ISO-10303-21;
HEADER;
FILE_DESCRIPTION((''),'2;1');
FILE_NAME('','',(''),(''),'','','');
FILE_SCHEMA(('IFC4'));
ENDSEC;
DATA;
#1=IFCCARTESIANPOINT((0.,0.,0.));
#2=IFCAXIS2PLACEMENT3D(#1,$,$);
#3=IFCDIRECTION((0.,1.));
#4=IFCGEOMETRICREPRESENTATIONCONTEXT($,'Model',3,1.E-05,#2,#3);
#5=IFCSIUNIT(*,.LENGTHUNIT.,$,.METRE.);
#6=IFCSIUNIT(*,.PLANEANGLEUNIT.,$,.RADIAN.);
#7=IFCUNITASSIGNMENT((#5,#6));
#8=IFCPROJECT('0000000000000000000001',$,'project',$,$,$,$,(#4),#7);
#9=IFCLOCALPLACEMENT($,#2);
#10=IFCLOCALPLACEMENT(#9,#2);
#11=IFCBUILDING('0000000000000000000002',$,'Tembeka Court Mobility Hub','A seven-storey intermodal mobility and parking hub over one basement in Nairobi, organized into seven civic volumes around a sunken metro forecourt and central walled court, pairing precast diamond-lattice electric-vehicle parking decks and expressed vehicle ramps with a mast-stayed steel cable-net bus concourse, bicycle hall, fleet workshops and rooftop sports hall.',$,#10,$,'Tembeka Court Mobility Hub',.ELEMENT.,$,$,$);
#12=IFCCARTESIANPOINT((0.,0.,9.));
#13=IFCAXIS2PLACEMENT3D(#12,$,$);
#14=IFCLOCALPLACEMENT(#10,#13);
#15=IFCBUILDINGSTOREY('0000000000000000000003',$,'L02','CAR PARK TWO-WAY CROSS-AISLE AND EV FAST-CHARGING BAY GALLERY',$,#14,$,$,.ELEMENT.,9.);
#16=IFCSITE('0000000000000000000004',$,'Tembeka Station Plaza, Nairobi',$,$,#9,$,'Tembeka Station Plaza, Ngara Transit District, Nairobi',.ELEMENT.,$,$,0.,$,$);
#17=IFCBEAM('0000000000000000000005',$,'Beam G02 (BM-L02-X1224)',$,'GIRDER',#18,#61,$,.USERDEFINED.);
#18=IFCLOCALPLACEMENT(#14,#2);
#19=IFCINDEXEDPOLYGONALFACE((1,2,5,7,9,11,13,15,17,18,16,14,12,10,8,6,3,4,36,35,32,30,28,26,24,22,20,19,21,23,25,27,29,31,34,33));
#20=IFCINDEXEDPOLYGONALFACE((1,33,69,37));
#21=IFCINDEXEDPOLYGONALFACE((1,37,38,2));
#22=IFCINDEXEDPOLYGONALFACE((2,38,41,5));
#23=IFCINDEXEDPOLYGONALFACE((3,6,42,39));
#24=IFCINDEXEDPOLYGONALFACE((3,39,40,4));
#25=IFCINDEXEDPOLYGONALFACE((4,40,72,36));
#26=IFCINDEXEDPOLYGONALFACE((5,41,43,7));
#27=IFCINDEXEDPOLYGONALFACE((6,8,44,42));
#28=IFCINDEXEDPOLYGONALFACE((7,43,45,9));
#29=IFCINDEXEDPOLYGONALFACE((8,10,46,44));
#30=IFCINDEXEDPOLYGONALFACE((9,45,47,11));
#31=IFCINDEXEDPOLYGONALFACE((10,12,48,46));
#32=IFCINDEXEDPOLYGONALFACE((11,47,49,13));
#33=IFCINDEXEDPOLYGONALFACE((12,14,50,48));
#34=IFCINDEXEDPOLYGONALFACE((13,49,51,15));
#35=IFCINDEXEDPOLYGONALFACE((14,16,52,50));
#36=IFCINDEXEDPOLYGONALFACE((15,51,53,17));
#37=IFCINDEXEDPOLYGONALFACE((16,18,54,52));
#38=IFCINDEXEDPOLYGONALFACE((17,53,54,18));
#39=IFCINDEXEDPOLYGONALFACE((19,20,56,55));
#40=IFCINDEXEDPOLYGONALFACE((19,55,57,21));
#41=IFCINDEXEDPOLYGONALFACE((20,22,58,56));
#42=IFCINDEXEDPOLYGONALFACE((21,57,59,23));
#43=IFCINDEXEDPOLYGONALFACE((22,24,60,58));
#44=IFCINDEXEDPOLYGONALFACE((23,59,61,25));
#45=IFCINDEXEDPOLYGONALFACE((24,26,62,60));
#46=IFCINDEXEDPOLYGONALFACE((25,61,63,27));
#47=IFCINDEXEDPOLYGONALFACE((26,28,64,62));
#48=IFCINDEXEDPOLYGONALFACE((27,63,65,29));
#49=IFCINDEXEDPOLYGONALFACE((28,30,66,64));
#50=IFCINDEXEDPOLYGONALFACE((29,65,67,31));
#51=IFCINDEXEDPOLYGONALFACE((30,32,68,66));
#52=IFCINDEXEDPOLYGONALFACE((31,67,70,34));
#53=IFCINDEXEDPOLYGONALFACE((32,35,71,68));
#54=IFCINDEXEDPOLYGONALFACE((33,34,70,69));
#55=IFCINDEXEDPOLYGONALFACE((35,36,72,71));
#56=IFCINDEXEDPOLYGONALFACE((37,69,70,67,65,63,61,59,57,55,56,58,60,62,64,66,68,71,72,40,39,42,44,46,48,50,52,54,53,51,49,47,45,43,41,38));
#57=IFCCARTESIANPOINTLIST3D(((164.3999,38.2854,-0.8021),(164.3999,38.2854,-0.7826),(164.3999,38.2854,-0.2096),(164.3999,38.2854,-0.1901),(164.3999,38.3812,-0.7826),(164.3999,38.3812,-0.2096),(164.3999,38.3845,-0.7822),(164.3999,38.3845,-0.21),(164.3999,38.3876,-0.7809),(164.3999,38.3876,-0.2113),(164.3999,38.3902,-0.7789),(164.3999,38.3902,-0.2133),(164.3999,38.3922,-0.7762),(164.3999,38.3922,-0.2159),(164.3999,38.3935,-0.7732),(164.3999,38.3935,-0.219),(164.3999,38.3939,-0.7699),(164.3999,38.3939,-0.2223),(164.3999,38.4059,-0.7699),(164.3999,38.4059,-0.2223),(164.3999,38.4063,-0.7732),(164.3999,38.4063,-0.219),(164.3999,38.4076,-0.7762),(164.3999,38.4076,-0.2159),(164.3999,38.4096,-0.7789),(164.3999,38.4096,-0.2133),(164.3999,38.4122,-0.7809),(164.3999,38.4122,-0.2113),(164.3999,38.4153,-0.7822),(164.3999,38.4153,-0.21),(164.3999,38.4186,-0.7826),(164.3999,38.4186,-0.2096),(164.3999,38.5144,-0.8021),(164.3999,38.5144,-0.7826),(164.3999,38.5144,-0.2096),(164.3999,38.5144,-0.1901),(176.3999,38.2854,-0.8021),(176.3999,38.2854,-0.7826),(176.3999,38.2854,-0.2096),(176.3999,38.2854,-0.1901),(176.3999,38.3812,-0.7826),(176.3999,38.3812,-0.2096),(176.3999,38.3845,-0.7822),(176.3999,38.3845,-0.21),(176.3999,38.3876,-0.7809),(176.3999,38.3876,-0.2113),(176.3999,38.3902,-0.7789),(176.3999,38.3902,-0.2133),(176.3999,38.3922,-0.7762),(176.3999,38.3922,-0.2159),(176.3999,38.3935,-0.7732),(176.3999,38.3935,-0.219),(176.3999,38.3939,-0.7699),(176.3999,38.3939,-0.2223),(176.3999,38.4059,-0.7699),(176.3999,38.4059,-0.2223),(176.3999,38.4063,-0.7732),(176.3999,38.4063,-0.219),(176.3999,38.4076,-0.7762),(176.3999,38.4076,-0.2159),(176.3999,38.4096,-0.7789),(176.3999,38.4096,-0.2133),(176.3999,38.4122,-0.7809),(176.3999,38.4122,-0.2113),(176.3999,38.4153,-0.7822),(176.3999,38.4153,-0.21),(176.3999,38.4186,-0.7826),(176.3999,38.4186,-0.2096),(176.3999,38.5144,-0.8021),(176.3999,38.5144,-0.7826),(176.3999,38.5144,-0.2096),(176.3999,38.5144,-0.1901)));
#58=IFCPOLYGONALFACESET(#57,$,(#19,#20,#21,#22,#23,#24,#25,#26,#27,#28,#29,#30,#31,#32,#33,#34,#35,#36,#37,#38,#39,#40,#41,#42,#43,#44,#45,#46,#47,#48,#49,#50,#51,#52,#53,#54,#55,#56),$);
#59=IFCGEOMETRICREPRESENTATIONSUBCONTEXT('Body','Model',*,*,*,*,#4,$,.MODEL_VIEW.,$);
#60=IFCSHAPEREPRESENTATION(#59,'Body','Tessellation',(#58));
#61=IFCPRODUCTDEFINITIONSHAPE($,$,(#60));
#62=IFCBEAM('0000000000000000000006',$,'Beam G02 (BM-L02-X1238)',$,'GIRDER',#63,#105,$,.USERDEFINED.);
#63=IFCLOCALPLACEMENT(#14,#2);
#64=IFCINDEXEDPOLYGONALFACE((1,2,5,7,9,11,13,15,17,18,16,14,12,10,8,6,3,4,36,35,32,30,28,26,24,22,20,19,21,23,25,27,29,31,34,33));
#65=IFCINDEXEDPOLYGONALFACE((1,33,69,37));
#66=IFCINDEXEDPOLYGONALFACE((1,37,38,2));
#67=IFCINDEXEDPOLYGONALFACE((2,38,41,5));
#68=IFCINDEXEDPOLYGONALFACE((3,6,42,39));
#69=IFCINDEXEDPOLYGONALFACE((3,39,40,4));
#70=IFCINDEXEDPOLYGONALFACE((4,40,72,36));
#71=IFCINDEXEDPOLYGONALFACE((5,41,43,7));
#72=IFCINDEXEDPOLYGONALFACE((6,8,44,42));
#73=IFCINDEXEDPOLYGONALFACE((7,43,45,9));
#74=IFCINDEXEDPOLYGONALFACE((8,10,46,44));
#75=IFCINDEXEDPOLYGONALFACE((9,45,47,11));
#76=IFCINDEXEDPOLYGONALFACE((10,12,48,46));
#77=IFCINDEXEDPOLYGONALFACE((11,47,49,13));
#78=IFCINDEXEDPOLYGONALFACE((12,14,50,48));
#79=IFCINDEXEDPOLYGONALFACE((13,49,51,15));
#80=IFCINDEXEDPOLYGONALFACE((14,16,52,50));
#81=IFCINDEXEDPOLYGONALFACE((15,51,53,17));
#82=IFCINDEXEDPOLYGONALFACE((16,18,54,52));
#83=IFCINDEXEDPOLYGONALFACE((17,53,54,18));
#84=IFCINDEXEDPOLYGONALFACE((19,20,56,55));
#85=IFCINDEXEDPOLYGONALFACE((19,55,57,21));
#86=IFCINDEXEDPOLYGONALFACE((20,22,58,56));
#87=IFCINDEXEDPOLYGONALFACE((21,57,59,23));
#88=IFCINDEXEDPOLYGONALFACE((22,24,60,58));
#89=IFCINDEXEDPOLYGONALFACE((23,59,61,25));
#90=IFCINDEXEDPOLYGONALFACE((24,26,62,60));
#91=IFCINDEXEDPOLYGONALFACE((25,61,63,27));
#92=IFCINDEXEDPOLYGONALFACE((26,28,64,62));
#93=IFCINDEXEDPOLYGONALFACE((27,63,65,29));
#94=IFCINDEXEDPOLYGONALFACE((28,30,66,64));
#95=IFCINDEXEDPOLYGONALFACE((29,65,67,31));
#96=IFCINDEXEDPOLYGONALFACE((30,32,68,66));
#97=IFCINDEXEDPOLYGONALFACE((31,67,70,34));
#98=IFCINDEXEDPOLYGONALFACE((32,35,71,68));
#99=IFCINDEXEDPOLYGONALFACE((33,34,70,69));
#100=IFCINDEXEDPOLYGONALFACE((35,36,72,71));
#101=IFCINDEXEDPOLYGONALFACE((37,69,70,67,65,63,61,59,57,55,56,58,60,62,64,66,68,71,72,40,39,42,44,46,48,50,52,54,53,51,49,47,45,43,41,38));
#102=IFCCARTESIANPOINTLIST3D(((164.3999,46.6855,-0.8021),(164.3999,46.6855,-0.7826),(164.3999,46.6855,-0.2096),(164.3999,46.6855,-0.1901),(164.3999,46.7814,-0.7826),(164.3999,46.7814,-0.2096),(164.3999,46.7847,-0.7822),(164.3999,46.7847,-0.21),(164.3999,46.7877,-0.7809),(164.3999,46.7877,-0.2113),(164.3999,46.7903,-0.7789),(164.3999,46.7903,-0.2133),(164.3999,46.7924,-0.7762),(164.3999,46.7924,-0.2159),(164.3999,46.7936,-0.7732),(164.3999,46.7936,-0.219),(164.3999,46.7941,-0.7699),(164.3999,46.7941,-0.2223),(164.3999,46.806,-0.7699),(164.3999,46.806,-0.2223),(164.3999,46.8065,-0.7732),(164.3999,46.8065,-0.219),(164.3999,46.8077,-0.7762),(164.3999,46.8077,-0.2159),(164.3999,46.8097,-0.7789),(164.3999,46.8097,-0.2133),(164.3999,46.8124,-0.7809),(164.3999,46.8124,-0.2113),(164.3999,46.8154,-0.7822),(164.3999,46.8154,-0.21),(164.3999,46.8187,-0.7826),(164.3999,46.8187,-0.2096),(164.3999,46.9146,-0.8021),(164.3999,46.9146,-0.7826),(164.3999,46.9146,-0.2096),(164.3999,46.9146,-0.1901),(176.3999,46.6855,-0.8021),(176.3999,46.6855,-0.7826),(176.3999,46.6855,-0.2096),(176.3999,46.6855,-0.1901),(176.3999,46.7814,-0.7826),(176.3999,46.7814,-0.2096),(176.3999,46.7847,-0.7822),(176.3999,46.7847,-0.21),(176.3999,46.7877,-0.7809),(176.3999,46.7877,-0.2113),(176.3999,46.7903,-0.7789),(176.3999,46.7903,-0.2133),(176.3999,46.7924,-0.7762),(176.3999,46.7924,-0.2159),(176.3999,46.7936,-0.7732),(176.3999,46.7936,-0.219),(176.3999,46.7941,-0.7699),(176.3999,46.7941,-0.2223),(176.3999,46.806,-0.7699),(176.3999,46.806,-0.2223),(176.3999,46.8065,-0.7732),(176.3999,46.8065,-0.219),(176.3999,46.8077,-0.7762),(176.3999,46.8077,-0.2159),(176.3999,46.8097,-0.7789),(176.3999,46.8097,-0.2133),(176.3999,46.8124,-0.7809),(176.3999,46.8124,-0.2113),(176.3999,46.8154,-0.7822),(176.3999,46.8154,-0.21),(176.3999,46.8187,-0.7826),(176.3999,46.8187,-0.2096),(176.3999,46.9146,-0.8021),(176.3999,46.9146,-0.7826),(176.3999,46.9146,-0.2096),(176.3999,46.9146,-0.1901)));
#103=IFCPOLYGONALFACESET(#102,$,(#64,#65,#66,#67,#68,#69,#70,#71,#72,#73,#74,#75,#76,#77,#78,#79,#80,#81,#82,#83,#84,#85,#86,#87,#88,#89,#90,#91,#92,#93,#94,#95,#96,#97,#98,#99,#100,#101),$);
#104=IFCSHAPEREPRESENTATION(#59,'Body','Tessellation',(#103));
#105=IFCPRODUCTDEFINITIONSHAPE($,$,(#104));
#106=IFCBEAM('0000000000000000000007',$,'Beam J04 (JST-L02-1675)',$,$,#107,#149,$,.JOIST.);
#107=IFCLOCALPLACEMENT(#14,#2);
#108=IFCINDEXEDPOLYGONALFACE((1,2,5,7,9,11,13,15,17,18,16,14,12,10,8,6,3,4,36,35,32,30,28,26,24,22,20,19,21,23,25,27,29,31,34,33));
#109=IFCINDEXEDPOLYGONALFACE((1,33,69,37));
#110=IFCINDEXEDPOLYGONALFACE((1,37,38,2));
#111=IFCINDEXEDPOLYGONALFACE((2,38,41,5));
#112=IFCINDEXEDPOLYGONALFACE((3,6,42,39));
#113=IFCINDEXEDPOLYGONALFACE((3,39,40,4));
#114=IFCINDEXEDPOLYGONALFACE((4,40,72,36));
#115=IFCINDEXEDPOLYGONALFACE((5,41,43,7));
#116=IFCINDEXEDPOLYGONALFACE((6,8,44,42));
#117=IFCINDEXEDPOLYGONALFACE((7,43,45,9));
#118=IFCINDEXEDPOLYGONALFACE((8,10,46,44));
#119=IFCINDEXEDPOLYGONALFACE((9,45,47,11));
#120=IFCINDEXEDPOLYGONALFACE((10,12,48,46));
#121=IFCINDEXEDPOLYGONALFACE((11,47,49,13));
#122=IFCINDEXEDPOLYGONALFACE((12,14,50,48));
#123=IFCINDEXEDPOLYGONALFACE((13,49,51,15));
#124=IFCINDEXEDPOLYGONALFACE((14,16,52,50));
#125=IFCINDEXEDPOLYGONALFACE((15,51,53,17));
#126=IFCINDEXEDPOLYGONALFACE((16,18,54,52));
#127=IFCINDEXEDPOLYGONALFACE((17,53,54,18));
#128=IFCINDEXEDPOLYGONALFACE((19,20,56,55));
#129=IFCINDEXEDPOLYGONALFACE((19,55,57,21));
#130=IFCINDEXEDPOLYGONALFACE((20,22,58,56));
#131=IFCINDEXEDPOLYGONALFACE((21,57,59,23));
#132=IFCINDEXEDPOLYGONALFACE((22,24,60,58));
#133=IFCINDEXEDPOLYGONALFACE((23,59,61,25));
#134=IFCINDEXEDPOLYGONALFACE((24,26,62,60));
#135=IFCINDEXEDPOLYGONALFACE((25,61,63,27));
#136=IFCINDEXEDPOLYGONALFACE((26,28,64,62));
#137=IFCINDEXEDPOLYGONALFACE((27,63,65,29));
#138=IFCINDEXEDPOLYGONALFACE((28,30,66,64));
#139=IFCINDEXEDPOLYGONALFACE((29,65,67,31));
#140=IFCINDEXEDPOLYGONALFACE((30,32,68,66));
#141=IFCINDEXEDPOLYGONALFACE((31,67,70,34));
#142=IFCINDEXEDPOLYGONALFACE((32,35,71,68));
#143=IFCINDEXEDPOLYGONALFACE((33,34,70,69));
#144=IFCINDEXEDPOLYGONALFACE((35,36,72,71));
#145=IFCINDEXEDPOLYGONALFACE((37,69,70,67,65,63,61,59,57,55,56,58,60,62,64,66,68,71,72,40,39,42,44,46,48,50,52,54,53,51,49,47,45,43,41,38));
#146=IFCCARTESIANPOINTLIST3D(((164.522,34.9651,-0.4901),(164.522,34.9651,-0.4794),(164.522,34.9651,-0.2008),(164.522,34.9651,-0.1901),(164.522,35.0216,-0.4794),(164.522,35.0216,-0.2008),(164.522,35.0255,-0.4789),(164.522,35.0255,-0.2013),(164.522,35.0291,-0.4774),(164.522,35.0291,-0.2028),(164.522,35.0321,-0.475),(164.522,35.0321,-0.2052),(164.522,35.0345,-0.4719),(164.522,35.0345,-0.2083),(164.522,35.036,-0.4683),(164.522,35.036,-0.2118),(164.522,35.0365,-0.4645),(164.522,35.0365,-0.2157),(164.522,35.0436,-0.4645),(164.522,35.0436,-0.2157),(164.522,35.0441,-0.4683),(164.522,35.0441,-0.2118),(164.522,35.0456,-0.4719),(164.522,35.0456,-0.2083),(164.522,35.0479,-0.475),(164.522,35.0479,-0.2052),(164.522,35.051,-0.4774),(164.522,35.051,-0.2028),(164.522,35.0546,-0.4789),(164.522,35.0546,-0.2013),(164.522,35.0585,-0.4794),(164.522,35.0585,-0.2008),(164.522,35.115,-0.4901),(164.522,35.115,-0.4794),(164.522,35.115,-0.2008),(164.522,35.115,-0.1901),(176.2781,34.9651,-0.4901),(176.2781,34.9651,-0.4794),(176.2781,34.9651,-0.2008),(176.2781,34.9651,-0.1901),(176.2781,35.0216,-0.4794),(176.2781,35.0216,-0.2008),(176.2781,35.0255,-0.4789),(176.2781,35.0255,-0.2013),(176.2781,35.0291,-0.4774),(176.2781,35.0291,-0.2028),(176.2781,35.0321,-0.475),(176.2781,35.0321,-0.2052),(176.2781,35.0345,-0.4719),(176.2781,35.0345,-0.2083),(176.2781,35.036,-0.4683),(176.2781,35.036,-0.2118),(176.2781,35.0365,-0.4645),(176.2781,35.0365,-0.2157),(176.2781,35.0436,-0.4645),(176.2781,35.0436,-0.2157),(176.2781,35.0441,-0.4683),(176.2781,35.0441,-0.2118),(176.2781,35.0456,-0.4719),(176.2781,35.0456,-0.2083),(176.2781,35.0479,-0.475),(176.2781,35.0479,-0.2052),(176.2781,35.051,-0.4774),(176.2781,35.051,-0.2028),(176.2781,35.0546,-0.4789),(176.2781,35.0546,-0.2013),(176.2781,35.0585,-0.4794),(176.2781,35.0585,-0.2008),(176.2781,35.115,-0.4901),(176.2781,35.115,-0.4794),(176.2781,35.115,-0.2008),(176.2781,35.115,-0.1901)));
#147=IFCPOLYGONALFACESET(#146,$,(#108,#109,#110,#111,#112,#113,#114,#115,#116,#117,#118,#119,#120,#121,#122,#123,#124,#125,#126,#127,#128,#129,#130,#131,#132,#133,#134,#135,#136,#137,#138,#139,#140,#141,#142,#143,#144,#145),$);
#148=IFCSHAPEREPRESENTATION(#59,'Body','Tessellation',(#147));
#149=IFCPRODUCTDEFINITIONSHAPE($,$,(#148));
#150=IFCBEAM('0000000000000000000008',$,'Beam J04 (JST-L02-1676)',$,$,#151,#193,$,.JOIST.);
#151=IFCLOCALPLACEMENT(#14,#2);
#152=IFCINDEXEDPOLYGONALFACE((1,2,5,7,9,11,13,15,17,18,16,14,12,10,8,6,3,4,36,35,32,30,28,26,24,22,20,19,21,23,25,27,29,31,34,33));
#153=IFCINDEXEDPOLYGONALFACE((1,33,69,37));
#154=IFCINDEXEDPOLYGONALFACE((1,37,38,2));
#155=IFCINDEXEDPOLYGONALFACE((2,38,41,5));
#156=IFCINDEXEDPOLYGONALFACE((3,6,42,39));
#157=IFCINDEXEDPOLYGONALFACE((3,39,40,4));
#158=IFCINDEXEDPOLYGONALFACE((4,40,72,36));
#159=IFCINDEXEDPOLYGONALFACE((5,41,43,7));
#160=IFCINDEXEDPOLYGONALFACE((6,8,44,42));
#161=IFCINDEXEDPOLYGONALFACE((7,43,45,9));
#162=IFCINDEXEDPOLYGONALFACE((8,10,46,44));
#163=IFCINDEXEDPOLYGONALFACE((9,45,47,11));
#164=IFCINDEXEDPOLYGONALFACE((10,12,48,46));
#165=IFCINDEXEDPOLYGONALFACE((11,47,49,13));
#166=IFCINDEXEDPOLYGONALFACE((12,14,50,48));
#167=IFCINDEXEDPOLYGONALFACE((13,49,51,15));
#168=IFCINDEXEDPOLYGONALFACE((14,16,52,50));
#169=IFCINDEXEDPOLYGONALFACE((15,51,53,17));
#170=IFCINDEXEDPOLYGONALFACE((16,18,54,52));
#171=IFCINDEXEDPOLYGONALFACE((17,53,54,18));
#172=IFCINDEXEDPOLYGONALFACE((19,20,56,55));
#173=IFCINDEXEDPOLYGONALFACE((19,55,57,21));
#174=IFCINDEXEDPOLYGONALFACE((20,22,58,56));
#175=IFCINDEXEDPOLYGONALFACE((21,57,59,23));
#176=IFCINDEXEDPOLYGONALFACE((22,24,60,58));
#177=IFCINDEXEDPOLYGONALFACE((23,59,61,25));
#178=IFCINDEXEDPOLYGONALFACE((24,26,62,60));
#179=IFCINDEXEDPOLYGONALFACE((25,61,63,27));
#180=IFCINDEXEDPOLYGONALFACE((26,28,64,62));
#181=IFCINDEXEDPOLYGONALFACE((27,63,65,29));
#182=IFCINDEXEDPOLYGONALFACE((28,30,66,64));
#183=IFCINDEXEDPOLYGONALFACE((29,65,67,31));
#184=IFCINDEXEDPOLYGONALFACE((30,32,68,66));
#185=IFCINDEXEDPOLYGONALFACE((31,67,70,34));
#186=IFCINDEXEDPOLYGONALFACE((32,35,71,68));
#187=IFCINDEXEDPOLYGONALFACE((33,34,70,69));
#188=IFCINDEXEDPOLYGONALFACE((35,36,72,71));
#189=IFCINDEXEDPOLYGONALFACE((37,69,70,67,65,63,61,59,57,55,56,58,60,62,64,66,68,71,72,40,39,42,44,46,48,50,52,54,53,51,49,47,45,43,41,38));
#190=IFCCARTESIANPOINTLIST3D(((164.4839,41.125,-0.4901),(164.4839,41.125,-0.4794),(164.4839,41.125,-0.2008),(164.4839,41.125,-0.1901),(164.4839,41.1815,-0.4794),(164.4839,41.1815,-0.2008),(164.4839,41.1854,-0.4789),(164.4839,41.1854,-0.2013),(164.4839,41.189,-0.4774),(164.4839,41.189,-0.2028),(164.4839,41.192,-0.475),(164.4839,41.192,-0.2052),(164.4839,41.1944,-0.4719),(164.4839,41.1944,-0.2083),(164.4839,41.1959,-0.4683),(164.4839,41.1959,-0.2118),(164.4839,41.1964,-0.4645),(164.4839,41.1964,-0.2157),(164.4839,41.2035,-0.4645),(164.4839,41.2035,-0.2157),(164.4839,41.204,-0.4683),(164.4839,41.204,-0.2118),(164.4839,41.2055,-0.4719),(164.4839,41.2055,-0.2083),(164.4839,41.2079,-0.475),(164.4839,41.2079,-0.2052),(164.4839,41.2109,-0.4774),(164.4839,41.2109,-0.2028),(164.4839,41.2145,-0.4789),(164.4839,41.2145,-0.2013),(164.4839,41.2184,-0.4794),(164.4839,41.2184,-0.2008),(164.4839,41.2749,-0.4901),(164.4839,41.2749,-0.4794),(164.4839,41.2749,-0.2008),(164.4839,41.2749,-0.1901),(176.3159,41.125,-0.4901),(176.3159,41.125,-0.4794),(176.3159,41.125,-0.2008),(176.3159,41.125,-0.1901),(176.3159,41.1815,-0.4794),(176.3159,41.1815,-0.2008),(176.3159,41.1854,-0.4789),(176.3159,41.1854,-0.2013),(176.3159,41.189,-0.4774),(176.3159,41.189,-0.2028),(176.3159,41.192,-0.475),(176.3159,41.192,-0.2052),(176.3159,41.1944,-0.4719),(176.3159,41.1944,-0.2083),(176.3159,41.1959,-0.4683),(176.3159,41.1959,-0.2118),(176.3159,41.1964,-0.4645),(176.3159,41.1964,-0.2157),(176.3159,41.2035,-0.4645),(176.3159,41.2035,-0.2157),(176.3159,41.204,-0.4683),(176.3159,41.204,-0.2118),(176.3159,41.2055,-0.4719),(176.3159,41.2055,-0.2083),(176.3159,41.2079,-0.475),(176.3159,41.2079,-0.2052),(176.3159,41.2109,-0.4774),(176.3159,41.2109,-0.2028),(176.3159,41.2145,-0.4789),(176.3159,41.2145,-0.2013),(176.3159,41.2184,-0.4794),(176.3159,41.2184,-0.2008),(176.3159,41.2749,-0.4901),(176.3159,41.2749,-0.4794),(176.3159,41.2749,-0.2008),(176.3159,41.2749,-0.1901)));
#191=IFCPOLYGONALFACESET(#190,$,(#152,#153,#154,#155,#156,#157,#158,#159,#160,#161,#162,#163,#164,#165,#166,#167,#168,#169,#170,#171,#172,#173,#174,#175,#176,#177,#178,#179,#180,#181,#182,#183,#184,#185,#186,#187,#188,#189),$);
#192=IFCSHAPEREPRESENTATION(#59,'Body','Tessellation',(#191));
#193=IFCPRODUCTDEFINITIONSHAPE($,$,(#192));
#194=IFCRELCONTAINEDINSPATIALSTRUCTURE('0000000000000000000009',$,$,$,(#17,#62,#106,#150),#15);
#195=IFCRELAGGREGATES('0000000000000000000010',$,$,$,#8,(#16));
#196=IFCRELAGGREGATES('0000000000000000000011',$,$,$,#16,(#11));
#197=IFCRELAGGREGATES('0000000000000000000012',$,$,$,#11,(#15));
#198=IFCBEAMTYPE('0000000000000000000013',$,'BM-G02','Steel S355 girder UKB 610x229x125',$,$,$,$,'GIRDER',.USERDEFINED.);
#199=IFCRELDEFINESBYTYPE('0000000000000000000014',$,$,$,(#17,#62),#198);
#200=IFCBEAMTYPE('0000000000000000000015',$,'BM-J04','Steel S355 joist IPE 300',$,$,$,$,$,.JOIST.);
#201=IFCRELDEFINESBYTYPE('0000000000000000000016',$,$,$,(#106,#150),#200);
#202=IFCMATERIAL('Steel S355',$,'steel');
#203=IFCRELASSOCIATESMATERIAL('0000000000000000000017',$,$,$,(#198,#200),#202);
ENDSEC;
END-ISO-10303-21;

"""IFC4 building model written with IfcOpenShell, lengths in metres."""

from ifc_helpers import new_model, si_unit, direction, frame, origin, origin_2d, place, context, subcontext, project, spatial, i_section, extrude, material, material_profile, profile_set, type_object, element, save


model = new_model("IFC4")

# Units and contexts
model_context = context("Model", 3, precision=1e-05, world=origin(), true_north=direction((0.0, 1.0)))
body_context = subcontext(model_context, "Body", "Model", "MODEL_VIEW")
ifc_project = project(units=[si_unit("LENGTHUNIT", "METRE"), si_unit("PLANEANGLEUNIT", "RADIAN")], contexts=[model_context])

# Site, building, storey
site_placement = place(None, origin())
site = spatial("IfcSite", under=ifc_project, at=site_placement, Name="Tembeka Station Plaza, Nairobi", LongName="Tembeka Station Plaza, Ngara Transit District, Nairobi", CompositionType="ELEMENT", RefElevation=0.0)
building_placement = place(site_placement, origin())
building = spatial("IfcBuilding", under=site, at=building_placement, Name="Tembeka Court Mobility Hub", Description="A seven-storey intermodal mobility and parking hub over one basement in Nairobi, organized into seven civic volumes around a sunken metro forecourt and central walled court, pairing precast diamond-lattice electric-vehicle parking decks and expressed vehicle ramps with a mast-stayed steel cable-net bus concourse, bicycle hall, fleet workshops and rooftop sports hall.", LongName="Tembeka Court Mobility Hub", CompositionType="ELEMENT")
storey_placement = place(building_placement, frame((0.0, 0.0, 9.0)))
storey = spatial("IfcBuildingStorey", under=building, at=storey_placement, Name="L02", Description="CAR PARK TWO-WAY CROSS-AISLE AND EV FAST-CHARGING BAY GALLERY", CompositionType="ELEMENT", Elevation=9.0)

# Shared definitions
ifc_material_1 = material(Name="Steel S355", Category="steel")

# Beams
ifc_material_profile_1 = material_profile(ifc_material_1, i_section(OverallWidth=0.229, OverallDepth=0.6121, WebThickness=0.012, FlangeThickness=0.0195, FilletRadius=0.0127, at=origin_2d()), Name="UKB 610x229x125")
ifc_profile_set_1 = profile_set([ifc_material_profile_1], Name="Steel S355")
beam_type_1 = type_object("IfcBeamType", Name="BM-G02", Description="Steel S355 girder UKB 610x229x125", ElementType="GIRDER", PredefinedType="USERDEFINED", material=ifc_profile_set_1)
for number, where, z_axis, x_axis, name in (
    (1, (164.3999, 38.3999, -0.4961), (1.0, 0.0, 0.0), (0.0, 1.0, 0.0), "Beam G02 (BM-L02-X1224)"),
    (2, (164.3999, 46.8, -0.4961), (1.0, 0.0, 0.0), (0.0, 1.0, 0.0), "Beam G02 (BM-L02-X1238)"),
):
    element("IfcBeam", number, at=place(storey_placement, frame(where, z_axis=z_axis, x_axis=x_axis)), inside=storey, type_object=beam_type_1, Name=name, ObjectType="GIRDER", PredefinedType="USERDEFINED", context=body_context, shape_type="SweptSolid", body=[
        extrude(i_section(OverallWidth=0.229, OverallDepth=0.6121, WebThickness=0.012, FlangeThickness=0.0195, FilletRadius=0.0127, at=origin_2d()), origin(), (0.0, 0.0, 1.0), 12.0),
    ])
ifc_material_profile_2 = material_profile(ifc_material_1, i_section(OverallWidth=0.1499, OverallDepth=0.3, WebThickness=0.0071, FlangeThickness=0.0107, FilletRadius=0.0149, at=origin_2d()), Name="IPE 300")
ifc_profile_set_2 = profile_set([ifc_material_profile_2], Name="Steel S355")
beam_type_2 = type_object("IfcBeamType", Name="BM-J04", Description="Steel S355 joist IPE 300", PredefinedType="JOIST", material=ifc_profile_set_2)
beam_1_placement = place(storey_placement, frame((164.522, 35.04, -0.3401), z_axis=(1.0, 0.0, 0.0), x_axis=(0.0, 1.0, 0.0)))
element("IfcBeam", 3, at=beam_1_placement, inside=storey, type_object=beam_type_2, Name="Beam J04 (JST-L02-1675)", PredefinedType="JOIST", context=body_context, shape_type="SweptSolid", body=[
    extrude(i_section(OverallWidth=0.1499, OverallDepth=0.3, WebThickness=0.0071, FlangeThickness=0.0107, FilletRadius=0.0149, at=origin_2d()), origin(), (0.0, 0.0, 1.0), 11.7561),
])
for number, where, z_axis, x_axis, name in (
    (4, (164.4839, 41.2, -0.3401), (1.0, 0.0, 0.0), (0.0, 1.0, 0.0), "Beam J04 (JST-L02-1676)"),
):
    element("IfcBeam", number, at=place(storey_placement, frame(where, z_axis=z_axis, x_axis=x_axis)), inside=storey, type_object=beam_type_2, Name=name, PredefinedType="JOIST", context=body_context, shape_type="SweptSolid", body=[
        extrude(i_section(OverallWidth=0.1499, OverallDepth=0.3, WebThickness=0.0071, FlangeThickness=0.0107, FilletRadius=0.0149, at=origin_2d()), origin(), (0.0, 0.0, 1.0), 11.832),
    ])

save(model, "model.ifc")
